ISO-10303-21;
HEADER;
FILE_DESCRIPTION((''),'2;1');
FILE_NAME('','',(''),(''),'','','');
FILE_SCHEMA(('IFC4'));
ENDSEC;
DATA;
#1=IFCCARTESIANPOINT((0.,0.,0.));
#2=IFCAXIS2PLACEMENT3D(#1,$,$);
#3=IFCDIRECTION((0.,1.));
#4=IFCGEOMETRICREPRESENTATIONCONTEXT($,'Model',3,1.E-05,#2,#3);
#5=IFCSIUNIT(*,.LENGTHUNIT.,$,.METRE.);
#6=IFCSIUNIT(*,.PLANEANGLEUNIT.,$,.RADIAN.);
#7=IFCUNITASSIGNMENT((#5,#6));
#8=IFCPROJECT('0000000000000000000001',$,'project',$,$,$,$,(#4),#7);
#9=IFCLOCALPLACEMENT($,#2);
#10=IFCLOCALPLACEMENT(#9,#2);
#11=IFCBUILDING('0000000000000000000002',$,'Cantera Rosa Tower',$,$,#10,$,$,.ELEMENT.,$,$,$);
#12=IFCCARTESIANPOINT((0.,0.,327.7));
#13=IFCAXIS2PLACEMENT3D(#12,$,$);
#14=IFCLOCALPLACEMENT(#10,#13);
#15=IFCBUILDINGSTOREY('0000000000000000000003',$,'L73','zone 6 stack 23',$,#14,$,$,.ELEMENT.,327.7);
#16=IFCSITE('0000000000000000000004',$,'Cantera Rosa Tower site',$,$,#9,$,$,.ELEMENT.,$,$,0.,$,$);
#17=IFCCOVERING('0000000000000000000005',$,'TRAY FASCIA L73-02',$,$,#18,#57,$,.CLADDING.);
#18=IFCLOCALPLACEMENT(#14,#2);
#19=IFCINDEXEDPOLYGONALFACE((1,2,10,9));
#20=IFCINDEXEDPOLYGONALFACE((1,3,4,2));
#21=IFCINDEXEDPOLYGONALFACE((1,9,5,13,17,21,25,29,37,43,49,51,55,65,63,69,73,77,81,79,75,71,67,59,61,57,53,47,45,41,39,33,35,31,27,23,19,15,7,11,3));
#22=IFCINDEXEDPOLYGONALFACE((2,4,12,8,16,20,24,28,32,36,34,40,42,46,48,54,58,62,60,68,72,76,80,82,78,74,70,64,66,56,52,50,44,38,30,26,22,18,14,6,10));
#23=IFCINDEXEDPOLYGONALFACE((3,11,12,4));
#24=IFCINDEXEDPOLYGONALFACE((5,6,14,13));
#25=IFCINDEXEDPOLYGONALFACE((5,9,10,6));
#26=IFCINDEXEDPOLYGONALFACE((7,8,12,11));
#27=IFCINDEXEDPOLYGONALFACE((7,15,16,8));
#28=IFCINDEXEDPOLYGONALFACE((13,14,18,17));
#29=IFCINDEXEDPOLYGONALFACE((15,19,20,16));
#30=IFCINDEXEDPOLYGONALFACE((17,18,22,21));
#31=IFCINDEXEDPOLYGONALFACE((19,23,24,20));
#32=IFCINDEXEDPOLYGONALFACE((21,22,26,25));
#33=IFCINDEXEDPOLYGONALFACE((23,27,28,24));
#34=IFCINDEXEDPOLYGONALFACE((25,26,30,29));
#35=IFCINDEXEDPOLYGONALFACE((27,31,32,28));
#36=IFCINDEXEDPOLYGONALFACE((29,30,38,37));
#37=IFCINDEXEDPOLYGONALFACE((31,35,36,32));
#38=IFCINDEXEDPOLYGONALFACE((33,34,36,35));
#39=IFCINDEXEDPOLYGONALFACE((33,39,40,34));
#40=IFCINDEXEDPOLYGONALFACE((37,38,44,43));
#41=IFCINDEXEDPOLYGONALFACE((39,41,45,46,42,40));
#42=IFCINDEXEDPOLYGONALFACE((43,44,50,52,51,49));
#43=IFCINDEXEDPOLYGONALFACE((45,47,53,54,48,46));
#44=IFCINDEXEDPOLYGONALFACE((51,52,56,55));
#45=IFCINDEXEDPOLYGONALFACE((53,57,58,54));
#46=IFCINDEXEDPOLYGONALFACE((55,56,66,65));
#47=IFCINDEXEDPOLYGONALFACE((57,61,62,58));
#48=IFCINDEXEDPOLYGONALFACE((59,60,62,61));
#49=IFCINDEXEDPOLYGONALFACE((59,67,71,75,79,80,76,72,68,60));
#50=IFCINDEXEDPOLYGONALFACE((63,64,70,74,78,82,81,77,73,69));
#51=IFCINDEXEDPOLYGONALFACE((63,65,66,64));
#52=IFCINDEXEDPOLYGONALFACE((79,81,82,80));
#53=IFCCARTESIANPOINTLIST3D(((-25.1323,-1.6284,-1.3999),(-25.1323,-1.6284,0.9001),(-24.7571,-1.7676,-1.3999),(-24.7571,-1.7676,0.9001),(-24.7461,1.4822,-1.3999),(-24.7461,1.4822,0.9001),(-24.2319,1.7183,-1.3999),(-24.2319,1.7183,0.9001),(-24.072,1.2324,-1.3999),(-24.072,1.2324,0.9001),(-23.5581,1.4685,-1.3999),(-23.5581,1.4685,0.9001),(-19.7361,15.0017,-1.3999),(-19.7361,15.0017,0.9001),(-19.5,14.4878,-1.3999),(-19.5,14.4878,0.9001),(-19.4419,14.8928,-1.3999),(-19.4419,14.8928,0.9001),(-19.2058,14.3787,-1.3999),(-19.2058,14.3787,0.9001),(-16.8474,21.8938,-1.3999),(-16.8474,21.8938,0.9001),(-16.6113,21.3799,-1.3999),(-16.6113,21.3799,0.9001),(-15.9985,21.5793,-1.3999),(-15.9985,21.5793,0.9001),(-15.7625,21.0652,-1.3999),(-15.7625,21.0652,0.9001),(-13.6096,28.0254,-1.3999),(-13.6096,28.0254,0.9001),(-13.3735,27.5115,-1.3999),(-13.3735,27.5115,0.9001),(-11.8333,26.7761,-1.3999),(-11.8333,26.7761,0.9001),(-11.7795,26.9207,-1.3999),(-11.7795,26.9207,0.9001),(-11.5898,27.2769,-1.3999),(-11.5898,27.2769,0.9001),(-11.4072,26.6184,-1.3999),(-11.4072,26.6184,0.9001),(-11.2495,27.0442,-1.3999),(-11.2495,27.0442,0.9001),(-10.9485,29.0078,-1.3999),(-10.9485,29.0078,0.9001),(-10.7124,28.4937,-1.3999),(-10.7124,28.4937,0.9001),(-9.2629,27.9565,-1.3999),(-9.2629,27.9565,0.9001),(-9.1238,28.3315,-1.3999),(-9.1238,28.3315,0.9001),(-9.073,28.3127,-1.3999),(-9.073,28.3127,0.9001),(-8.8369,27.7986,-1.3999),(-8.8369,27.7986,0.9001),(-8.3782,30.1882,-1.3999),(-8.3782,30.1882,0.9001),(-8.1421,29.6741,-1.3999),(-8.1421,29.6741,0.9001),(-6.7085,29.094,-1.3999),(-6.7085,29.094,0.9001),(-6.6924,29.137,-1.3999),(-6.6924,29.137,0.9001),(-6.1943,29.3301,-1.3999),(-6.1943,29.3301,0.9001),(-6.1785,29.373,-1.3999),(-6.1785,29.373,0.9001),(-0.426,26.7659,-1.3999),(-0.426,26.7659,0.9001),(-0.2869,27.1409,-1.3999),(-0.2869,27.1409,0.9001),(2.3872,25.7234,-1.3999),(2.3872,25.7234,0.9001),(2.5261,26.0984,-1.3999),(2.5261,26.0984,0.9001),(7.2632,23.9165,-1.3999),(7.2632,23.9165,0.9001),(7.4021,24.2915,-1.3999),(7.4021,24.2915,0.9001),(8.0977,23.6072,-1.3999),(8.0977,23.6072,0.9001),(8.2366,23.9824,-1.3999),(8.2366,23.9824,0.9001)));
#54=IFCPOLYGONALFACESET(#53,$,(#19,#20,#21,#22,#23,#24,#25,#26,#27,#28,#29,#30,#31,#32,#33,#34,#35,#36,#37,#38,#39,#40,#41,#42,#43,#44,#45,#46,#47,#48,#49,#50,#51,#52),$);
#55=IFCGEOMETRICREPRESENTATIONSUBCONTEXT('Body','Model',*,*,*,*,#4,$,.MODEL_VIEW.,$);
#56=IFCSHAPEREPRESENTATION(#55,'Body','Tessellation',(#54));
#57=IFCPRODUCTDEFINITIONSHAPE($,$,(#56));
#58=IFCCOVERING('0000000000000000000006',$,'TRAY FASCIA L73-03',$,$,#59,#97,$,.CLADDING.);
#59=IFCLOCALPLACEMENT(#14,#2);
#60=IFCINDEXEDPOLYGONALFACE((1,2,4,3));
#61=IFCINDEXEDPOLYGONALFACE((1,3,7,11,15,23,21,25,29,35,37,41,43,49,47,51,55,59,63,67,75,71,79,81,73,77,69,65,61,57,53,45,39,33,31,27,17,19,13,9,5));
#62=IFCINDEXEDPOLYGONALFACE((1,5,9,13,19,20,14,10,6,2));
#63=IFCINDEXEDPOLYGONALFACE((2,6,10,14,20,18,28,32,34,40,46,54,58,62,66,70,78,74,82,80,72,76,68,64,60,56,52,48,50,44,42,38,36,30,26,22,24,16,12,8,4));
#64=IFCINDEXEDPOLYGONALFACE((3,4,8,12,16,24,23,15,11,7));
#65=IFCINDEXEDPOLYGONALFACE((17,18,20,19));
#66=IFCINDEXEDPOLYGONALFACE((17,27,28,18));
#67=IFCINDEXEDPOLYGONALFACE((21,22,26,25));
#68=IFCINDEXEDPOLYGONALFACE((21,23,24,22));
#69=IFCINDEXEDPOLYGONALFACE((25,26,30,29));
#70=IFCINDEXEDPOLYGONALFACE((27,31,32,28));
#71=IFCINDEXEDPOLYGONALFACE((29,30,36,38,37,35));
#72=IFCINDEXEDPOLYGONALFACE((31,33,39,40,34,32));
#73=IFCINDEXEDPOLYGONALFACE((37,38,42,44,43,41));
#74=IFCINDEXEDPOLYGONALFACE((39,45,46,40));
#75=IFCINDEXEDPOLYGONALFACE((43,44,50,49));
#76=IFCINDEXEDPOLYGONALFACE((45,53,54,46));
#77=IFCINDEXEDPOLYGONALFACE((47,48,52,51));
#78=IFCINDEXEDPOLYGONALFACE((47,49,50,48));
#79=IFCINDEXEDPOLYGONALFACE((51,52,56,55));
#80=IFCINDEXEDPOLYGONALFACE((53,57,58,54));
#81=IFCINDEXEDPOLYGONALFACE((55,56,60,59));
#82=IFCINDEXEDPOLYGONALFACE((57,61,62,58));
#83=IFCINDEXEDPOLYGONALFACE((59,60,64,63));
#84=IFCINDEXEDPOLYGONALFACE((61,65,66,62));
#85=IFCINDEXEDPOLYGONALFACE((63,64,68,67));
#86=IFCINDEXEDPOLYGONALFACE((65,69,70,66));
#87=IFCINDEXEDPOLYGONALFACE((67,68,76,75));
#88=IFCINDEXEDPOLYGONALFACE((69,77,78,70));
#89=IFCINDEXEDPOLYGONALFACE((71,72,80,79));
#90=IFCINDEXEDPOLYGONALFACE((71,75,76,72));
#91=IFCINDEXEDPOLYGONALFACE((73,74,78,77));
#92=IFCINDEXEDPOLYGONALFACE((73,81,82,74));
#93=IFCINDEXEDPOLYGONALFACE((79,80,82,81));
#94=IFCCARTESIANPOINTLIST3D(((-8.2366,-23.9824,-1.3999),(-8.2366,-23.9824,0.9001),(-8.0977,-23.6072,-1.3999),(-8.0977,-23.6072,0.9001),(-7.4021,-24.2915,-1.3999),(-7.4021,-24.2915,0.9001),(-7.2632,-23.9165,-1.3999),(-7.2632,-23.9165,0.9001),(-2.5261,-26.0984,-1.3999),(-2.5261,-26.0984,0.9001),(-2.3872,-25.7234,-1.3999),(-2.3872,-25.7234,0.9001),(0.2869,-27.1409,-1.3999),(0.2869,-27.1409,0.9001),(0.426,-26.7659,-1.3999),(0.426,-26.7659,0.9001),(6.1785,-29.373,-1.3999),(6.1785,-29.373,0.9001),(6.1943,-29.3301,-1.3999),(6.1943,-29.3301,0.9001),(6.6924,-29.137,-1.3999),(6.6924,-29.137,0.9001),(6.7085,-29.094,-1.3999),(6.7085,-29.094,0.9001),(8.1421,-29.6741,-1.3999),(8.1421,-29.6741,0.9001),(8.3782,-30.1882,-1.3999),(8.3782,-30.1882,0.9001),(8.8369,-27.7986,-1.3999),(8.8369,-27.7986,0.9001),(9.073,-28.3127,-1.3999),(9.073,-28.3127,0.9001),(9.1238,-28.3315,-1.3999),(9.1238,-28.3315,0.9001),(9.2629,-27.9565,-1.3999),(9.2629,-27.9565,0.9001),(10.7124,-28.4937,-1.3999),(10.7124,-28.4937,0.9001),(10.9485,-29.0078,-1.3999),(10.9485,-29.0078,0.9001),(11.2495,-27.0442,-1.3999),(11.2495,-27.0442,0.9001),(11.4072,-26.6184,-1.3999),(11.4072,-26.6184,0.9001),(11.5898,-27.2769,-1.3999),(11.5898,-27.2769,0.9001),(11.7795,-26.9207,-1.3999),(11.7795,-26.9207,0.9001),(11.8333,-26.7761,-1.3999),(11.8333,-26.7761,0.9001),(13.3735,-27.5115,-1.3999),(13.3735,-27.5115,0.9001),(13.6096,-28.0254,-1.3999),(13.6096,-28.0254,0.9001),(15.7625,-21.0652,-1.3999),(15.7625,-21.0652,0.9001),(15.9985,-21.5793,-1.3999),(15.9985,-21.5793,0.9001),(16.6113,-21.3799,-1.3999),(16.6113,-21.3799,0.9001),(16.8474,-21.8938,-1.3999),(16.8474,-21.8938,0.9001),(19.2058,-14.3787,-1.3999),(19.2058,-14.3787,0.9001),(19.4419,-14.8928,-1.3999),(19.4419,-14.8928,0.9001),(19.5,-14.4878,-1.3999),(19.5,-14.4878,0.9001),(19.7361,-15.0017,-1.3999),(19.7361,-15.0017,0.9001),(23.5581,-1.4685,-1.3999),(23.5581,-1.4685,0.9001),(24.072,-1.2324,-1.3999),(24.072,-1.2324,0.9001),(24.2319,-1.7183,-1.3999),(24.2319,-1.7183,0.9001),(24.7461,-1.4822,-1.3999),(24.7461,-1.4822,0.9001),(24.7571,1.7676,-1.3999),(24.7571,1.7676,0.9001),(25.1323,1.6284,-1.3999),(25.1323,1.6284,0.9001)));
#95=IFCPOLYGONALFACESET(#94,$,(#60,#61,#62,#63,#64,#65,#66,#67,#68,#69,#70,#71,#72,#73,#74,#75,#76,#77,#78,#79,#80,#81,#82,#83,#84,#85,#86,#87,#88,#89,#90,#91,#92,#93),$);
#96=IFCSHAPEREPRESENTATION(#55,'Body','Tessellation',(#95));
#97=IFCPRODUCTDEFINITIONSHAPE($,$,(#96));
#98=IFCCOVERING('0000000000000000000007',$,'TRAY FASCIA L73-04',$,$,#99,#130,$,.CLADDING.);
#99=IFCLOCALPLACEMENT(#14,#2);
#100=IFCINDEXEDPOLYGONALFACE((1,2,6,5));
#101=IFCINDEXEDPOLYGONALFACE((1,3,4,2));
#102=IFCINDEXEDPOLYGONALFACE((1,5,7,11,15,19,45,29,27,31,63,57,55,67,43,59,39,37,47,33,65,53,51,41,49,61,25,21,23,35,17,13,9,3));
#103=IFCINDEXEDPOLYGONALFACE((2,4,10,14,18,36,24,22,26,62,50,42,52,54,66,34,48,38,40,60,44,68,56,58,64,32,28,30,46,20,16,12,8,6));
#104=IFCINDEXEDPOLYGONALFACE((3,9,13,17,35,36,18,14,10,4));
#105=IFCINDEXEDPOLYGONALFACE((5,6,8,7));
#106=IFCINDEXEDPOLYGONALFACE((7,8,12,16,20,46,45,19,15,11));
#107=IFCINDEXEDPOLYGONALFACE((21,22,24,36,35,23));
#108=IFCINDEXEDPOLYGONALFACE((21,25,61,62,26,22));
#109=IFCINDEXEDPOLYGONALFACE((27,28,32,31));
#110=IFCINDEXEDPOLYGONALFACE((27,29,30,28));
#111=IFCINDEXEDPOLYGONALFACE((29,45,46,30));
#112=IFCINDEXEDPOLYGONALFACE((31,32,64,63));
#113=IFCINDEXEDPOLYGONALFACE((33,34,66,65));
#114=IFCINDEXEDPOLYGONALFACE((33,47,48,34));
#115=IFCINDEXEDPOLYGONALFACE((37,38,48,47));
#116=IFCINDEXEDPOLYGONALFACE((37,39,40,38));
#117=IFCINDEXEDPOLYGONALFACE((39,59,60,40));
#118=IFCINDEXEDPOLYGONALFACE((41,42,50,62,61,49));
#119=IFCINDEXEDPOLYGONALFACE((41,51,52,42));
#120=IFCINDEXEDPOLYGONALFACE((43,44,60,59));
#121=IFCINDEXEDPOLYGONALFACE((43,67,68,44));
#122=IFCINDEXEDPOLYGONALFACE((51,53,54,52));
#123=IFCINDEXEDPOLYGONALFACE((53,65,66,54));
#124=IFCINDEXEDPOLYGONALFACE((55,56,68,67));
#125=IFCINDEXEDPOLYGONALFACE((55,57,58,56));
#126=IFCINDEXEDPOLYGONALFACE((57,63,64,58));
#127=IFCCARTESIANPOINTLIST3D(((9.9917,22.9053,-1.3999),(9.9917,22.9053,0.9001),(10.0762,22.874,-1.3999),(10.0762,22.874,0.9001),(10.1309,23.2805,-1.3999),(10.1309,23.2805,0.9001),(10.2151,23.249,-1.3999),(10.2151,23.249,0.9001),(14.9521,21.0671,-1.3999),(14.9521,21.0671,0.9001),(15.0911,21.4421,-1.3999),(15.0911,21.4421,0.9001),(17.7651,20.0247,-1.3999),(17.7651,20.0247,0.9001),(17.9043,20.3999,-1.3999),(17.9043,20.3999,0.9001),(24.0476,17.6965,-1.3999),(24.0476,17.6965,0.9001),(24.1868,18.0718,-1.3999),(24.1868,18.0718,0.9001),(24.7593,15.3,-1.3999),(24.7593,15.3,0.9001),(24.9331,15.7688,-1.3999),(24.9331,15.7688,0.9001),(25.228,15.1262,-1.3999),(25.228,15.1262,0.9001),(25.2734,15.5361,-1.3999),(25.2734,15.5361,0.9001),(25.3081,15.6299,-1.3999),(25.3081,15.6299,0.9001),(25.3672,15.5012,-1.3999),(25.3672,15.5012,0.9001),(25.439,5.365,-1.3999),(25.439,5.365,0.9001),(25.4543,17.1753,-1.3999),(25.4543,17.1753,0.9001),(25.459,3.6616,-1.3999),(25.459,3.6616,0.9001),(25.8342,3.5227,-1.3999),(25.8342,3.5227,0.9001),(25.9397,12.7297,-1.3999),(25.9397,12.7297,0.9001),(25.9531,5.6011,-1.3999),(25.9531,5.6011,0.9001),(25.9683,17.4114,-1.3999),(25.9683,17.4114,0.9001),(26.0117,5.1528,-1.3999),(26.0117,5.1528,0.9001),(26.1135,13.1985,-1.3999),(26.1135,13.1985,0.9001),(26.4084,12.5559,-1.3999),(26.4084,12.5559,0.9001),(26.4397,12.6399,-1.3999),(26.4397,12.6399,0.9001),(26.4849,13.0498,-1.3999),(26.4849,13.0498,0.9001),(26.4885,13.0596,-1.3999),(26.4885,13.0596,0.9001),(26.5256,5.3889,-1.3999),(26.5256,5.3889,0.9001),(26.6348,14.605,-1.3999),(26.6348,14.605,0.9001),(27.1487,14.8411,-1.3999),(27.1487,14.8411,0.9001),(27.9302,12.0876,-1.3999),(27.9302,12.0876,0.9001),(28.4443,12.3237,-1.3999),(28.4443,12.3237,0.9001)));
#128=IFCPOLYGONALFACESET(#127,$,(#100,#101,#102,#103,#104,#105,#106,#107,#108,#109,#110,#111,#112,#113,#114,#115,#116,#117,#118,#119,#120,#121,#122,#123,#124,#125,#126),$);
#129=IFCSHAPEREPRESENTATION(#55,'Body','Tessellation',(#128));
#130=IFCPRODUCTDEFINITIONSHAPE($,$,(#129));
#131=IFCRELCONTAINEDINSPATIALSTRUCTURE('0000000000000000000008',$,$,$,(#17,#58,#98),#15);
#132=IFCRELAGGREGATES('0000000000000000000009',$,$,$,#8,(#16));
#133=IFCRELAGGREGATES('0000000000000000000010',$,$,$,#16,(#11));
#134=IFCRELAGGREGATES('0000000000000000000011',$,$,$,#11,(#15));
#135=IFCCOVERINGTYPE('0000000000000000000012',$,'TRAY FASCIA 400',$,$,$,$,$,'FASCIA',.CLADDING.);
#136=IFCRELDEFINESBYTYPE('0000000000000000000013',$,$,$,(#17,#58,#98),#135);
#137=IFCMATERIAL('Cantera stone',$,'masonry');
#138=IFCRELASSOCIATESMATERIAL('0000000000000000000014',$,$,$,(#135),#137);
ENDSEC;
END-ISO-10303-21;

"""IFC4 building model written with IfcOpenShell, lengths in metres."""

from ifc_helpers import new_model, si_unit, direction, frame, origin, place, context, subcontext, project, spatial, polyline, outline, extrude, material, type_object, element, save


model = new_model("IFC4")

# Units and contexts
model_context = context("Model", 3, precision=1e-05, world=origin(), true_north=direction((0.0, 1.0)))
body_context = subcontext(model_context, "Body", "Model", "MODEL_VIEW")
ifc_project = project(units=[si_unit("LENGTHUNIT", "METRE"), si_unit("PLANEANGLEUNIT", "RADIAN")], contexts=[model_context])

# Site, building, storey
site_placement = place(None, origin())
site = spatial("IfcSite", under=ifc_project, at=site_placement, Name="Cantera Rosa Tower site", CompositionType="ELEMENT", RefElevation=0.0)
building_placement = place(site_placement, origin())
building = spatial("IfcBuilding", under=site, at=building_placement, Name="Cantera Rosa Tower", CompositionType="ELEMENT")
storey_placement = place(building_placement, frame((0.0, 0.0, 327.7)))
storey = spatial("IfcBuildingStorey", under=building, at=storey_placement, Name="L73", Description="zone 6 stack 23", CompositionType="ELEMENT", Elevation=327.7)

# Coverings
ifc_material_1 = material(Name="Cantera stone", Category="masonry")
covering_type_1 = type_object("IfcCoveringType", Name="TRAY FASCIA 400", ElementType="FASCIA", PredefinedType="CLADDING", material=ifc_material_1)
covering_1_placement = place(storey_placement, frame((0.0, 0.0, -1.3999)))
element("IfcCovering", 1, at=covering_1_placement, inside=storey, type_object=covering_type_1, Name="TRAY FASCIA L73-02", PredefinedType="CLADDING", context=body_context, shape_type="SweptSolid", body=[
    extrude(outline(polyline([(-24.072, 1.2324), (-24.7461, 1.4822), (-19.7361, 15.0017), (-19.4419, 14.8928), (-16.8474, 21.8938), (-15.9985, 21.5793), (-13.6096, 28.0254), (-11.5898, 27.2769), (-10.9485, 29.0078), (-9.1238, 28.3315), (-9.073, 28.3127), (-8.3782, 30.1882), (-6.1785, 29.373), (-6.1943, 29.3301), (-0.2869, 27.1409), (2.5261, 26.0984), (7.4021, 24.2915), (8.2366, 23.9824), (8.0977, 23.6072), (7.2632, 23.9165), (2.3872, 25.7234), (-0.426, 26.7659), (-6.7085, 29.094), (-6.6924, 29.137), (-8.1421, 29.6741), (-8.8369, 27.7986), (-9.2629, 27.9565), (-10.7124, 28.4937), (-11.2495, 27.0442), (-11.4072, 26.6184), (-11.8333, 26.7761), (-11.7795, 26.9207), (-13.3735, 27.5115), (-15.7625, 21.0652), (-16.6113, 21.3799), (-19.2058, 14.3787), (-19.5, 14.4878), (-24.2319, 1.7183), (-23.5581, 1.4685), (-24.7571, -1.7676), (-25.1323, -1.6284), (-24.072, 1.2324)])), origin(), (0.0, 0.0, 1.0), 2.3),
])
covering_2_placement = place(storey_placement, frame((0.0, 0.0, -1.3999)))
element("IfcCovering", 2, at=covering_2_placement, inside=storey, type_object=covering_type_1, Name="TRAY FASCIA L73-03", PredefinedType="CLADDING", context=body_context, shape_type="SweptSolid", body=[
    extrude(outline(polyline([(24.072, -1.2324), (24.7461, -1.4822), (19.7361, -15.0017), (19.4419, -14.8928), (16.8474, -21.8938), (15.9985, -21.5793), (13.6096, -28.0254), (11.5898, -27.2769), (10.9485, -29.0078), (9.1238, -28.3315), (9.073, -28.3127), (8.3782, -30.1882), (6.1785, -29.373), (6.1943, -29.3301), (0.2869, -27.1409), (-2.5261, -26.0984), (-7.4021, -24.2915), (-8.2366, -23.9824), (-8.0977, -23.6072), (-7.2632, -23.9165), (-2.3872, -25.7234), (0.426, -26.7659), (6.7085, -29.094), (6.6924, -29.137), (8.1421, -29.6741), (8.8369, -27.7986), (9.2629, -27.9565), (10.7124, -28.4937), (11.2495, -27.0442), (11.4072, -26.6184), (11.8333, -26.7761), (11.7795, -26.9207), (13.3735, -27.5115), (15.7625, -21.0652), (16.6113, -21.3799), (19.2058, -14.3787), (19.5, -14.4878), (24.2319, -1.7183), (23.5581, -1.4685), (24.7571, 1.7676), (25.1323, 1.6284), (24.072, -1.2324)])), origin(), (0.0, 0.0, 1.0), 2.3),
])
covering_3_placement = place(storey_placement, frame((0.0, 0.0, -1.3999)))
element("IfcCovering", 3, at=covering_3_placement, inside=storey, type_object=covering_type_1, Name="TRAY FASCIA L73-04", PredefinedType="CLADDING", context=body_context, shape_type="SweptSolid", body=[
    extrude(outline(polyline([(10.2151, 23.249), (15.0911, 21.4421), (17.9043, 20.3999), (24.1868, 18.0718), (25.9683, 17.4114), (25.3081, 15.6299), (25.2734, 15.5361), (25.3672, 15.5012), (27.1487, 14.8411), (26.4885, 13.0596), (26.4849, 13.0498), (28.4443, 12.3237), (25.9531, 5.6011), (26.5256, 5.3889), (25.8342, 3.5227), (25.459, 3.6616), (26.0117, 5.1528), (25.439, 5.365), (27.9302, 12.0876), (26.4397, 12.6399), (26.4084, 12.5559), (25.9397, 12.7297), (26.1135, 13.1985), (26.6348, 14.605), (25.228, 15.1262), (24.7593, 15.3), (24.9331, 15.7688), (25.4543, 17.1753), (24.0476, 17.6965), (17.7651, 20.0247), (14.9521, 21.0671), (10.0762, 22.874), (9.9917, 22.9053), (10.1309, 23.2805), (10.2151, 23.249)])), origin(), (0.0, 0.0, 1.0), 2.3),
])

save(model, "model.ifc")
